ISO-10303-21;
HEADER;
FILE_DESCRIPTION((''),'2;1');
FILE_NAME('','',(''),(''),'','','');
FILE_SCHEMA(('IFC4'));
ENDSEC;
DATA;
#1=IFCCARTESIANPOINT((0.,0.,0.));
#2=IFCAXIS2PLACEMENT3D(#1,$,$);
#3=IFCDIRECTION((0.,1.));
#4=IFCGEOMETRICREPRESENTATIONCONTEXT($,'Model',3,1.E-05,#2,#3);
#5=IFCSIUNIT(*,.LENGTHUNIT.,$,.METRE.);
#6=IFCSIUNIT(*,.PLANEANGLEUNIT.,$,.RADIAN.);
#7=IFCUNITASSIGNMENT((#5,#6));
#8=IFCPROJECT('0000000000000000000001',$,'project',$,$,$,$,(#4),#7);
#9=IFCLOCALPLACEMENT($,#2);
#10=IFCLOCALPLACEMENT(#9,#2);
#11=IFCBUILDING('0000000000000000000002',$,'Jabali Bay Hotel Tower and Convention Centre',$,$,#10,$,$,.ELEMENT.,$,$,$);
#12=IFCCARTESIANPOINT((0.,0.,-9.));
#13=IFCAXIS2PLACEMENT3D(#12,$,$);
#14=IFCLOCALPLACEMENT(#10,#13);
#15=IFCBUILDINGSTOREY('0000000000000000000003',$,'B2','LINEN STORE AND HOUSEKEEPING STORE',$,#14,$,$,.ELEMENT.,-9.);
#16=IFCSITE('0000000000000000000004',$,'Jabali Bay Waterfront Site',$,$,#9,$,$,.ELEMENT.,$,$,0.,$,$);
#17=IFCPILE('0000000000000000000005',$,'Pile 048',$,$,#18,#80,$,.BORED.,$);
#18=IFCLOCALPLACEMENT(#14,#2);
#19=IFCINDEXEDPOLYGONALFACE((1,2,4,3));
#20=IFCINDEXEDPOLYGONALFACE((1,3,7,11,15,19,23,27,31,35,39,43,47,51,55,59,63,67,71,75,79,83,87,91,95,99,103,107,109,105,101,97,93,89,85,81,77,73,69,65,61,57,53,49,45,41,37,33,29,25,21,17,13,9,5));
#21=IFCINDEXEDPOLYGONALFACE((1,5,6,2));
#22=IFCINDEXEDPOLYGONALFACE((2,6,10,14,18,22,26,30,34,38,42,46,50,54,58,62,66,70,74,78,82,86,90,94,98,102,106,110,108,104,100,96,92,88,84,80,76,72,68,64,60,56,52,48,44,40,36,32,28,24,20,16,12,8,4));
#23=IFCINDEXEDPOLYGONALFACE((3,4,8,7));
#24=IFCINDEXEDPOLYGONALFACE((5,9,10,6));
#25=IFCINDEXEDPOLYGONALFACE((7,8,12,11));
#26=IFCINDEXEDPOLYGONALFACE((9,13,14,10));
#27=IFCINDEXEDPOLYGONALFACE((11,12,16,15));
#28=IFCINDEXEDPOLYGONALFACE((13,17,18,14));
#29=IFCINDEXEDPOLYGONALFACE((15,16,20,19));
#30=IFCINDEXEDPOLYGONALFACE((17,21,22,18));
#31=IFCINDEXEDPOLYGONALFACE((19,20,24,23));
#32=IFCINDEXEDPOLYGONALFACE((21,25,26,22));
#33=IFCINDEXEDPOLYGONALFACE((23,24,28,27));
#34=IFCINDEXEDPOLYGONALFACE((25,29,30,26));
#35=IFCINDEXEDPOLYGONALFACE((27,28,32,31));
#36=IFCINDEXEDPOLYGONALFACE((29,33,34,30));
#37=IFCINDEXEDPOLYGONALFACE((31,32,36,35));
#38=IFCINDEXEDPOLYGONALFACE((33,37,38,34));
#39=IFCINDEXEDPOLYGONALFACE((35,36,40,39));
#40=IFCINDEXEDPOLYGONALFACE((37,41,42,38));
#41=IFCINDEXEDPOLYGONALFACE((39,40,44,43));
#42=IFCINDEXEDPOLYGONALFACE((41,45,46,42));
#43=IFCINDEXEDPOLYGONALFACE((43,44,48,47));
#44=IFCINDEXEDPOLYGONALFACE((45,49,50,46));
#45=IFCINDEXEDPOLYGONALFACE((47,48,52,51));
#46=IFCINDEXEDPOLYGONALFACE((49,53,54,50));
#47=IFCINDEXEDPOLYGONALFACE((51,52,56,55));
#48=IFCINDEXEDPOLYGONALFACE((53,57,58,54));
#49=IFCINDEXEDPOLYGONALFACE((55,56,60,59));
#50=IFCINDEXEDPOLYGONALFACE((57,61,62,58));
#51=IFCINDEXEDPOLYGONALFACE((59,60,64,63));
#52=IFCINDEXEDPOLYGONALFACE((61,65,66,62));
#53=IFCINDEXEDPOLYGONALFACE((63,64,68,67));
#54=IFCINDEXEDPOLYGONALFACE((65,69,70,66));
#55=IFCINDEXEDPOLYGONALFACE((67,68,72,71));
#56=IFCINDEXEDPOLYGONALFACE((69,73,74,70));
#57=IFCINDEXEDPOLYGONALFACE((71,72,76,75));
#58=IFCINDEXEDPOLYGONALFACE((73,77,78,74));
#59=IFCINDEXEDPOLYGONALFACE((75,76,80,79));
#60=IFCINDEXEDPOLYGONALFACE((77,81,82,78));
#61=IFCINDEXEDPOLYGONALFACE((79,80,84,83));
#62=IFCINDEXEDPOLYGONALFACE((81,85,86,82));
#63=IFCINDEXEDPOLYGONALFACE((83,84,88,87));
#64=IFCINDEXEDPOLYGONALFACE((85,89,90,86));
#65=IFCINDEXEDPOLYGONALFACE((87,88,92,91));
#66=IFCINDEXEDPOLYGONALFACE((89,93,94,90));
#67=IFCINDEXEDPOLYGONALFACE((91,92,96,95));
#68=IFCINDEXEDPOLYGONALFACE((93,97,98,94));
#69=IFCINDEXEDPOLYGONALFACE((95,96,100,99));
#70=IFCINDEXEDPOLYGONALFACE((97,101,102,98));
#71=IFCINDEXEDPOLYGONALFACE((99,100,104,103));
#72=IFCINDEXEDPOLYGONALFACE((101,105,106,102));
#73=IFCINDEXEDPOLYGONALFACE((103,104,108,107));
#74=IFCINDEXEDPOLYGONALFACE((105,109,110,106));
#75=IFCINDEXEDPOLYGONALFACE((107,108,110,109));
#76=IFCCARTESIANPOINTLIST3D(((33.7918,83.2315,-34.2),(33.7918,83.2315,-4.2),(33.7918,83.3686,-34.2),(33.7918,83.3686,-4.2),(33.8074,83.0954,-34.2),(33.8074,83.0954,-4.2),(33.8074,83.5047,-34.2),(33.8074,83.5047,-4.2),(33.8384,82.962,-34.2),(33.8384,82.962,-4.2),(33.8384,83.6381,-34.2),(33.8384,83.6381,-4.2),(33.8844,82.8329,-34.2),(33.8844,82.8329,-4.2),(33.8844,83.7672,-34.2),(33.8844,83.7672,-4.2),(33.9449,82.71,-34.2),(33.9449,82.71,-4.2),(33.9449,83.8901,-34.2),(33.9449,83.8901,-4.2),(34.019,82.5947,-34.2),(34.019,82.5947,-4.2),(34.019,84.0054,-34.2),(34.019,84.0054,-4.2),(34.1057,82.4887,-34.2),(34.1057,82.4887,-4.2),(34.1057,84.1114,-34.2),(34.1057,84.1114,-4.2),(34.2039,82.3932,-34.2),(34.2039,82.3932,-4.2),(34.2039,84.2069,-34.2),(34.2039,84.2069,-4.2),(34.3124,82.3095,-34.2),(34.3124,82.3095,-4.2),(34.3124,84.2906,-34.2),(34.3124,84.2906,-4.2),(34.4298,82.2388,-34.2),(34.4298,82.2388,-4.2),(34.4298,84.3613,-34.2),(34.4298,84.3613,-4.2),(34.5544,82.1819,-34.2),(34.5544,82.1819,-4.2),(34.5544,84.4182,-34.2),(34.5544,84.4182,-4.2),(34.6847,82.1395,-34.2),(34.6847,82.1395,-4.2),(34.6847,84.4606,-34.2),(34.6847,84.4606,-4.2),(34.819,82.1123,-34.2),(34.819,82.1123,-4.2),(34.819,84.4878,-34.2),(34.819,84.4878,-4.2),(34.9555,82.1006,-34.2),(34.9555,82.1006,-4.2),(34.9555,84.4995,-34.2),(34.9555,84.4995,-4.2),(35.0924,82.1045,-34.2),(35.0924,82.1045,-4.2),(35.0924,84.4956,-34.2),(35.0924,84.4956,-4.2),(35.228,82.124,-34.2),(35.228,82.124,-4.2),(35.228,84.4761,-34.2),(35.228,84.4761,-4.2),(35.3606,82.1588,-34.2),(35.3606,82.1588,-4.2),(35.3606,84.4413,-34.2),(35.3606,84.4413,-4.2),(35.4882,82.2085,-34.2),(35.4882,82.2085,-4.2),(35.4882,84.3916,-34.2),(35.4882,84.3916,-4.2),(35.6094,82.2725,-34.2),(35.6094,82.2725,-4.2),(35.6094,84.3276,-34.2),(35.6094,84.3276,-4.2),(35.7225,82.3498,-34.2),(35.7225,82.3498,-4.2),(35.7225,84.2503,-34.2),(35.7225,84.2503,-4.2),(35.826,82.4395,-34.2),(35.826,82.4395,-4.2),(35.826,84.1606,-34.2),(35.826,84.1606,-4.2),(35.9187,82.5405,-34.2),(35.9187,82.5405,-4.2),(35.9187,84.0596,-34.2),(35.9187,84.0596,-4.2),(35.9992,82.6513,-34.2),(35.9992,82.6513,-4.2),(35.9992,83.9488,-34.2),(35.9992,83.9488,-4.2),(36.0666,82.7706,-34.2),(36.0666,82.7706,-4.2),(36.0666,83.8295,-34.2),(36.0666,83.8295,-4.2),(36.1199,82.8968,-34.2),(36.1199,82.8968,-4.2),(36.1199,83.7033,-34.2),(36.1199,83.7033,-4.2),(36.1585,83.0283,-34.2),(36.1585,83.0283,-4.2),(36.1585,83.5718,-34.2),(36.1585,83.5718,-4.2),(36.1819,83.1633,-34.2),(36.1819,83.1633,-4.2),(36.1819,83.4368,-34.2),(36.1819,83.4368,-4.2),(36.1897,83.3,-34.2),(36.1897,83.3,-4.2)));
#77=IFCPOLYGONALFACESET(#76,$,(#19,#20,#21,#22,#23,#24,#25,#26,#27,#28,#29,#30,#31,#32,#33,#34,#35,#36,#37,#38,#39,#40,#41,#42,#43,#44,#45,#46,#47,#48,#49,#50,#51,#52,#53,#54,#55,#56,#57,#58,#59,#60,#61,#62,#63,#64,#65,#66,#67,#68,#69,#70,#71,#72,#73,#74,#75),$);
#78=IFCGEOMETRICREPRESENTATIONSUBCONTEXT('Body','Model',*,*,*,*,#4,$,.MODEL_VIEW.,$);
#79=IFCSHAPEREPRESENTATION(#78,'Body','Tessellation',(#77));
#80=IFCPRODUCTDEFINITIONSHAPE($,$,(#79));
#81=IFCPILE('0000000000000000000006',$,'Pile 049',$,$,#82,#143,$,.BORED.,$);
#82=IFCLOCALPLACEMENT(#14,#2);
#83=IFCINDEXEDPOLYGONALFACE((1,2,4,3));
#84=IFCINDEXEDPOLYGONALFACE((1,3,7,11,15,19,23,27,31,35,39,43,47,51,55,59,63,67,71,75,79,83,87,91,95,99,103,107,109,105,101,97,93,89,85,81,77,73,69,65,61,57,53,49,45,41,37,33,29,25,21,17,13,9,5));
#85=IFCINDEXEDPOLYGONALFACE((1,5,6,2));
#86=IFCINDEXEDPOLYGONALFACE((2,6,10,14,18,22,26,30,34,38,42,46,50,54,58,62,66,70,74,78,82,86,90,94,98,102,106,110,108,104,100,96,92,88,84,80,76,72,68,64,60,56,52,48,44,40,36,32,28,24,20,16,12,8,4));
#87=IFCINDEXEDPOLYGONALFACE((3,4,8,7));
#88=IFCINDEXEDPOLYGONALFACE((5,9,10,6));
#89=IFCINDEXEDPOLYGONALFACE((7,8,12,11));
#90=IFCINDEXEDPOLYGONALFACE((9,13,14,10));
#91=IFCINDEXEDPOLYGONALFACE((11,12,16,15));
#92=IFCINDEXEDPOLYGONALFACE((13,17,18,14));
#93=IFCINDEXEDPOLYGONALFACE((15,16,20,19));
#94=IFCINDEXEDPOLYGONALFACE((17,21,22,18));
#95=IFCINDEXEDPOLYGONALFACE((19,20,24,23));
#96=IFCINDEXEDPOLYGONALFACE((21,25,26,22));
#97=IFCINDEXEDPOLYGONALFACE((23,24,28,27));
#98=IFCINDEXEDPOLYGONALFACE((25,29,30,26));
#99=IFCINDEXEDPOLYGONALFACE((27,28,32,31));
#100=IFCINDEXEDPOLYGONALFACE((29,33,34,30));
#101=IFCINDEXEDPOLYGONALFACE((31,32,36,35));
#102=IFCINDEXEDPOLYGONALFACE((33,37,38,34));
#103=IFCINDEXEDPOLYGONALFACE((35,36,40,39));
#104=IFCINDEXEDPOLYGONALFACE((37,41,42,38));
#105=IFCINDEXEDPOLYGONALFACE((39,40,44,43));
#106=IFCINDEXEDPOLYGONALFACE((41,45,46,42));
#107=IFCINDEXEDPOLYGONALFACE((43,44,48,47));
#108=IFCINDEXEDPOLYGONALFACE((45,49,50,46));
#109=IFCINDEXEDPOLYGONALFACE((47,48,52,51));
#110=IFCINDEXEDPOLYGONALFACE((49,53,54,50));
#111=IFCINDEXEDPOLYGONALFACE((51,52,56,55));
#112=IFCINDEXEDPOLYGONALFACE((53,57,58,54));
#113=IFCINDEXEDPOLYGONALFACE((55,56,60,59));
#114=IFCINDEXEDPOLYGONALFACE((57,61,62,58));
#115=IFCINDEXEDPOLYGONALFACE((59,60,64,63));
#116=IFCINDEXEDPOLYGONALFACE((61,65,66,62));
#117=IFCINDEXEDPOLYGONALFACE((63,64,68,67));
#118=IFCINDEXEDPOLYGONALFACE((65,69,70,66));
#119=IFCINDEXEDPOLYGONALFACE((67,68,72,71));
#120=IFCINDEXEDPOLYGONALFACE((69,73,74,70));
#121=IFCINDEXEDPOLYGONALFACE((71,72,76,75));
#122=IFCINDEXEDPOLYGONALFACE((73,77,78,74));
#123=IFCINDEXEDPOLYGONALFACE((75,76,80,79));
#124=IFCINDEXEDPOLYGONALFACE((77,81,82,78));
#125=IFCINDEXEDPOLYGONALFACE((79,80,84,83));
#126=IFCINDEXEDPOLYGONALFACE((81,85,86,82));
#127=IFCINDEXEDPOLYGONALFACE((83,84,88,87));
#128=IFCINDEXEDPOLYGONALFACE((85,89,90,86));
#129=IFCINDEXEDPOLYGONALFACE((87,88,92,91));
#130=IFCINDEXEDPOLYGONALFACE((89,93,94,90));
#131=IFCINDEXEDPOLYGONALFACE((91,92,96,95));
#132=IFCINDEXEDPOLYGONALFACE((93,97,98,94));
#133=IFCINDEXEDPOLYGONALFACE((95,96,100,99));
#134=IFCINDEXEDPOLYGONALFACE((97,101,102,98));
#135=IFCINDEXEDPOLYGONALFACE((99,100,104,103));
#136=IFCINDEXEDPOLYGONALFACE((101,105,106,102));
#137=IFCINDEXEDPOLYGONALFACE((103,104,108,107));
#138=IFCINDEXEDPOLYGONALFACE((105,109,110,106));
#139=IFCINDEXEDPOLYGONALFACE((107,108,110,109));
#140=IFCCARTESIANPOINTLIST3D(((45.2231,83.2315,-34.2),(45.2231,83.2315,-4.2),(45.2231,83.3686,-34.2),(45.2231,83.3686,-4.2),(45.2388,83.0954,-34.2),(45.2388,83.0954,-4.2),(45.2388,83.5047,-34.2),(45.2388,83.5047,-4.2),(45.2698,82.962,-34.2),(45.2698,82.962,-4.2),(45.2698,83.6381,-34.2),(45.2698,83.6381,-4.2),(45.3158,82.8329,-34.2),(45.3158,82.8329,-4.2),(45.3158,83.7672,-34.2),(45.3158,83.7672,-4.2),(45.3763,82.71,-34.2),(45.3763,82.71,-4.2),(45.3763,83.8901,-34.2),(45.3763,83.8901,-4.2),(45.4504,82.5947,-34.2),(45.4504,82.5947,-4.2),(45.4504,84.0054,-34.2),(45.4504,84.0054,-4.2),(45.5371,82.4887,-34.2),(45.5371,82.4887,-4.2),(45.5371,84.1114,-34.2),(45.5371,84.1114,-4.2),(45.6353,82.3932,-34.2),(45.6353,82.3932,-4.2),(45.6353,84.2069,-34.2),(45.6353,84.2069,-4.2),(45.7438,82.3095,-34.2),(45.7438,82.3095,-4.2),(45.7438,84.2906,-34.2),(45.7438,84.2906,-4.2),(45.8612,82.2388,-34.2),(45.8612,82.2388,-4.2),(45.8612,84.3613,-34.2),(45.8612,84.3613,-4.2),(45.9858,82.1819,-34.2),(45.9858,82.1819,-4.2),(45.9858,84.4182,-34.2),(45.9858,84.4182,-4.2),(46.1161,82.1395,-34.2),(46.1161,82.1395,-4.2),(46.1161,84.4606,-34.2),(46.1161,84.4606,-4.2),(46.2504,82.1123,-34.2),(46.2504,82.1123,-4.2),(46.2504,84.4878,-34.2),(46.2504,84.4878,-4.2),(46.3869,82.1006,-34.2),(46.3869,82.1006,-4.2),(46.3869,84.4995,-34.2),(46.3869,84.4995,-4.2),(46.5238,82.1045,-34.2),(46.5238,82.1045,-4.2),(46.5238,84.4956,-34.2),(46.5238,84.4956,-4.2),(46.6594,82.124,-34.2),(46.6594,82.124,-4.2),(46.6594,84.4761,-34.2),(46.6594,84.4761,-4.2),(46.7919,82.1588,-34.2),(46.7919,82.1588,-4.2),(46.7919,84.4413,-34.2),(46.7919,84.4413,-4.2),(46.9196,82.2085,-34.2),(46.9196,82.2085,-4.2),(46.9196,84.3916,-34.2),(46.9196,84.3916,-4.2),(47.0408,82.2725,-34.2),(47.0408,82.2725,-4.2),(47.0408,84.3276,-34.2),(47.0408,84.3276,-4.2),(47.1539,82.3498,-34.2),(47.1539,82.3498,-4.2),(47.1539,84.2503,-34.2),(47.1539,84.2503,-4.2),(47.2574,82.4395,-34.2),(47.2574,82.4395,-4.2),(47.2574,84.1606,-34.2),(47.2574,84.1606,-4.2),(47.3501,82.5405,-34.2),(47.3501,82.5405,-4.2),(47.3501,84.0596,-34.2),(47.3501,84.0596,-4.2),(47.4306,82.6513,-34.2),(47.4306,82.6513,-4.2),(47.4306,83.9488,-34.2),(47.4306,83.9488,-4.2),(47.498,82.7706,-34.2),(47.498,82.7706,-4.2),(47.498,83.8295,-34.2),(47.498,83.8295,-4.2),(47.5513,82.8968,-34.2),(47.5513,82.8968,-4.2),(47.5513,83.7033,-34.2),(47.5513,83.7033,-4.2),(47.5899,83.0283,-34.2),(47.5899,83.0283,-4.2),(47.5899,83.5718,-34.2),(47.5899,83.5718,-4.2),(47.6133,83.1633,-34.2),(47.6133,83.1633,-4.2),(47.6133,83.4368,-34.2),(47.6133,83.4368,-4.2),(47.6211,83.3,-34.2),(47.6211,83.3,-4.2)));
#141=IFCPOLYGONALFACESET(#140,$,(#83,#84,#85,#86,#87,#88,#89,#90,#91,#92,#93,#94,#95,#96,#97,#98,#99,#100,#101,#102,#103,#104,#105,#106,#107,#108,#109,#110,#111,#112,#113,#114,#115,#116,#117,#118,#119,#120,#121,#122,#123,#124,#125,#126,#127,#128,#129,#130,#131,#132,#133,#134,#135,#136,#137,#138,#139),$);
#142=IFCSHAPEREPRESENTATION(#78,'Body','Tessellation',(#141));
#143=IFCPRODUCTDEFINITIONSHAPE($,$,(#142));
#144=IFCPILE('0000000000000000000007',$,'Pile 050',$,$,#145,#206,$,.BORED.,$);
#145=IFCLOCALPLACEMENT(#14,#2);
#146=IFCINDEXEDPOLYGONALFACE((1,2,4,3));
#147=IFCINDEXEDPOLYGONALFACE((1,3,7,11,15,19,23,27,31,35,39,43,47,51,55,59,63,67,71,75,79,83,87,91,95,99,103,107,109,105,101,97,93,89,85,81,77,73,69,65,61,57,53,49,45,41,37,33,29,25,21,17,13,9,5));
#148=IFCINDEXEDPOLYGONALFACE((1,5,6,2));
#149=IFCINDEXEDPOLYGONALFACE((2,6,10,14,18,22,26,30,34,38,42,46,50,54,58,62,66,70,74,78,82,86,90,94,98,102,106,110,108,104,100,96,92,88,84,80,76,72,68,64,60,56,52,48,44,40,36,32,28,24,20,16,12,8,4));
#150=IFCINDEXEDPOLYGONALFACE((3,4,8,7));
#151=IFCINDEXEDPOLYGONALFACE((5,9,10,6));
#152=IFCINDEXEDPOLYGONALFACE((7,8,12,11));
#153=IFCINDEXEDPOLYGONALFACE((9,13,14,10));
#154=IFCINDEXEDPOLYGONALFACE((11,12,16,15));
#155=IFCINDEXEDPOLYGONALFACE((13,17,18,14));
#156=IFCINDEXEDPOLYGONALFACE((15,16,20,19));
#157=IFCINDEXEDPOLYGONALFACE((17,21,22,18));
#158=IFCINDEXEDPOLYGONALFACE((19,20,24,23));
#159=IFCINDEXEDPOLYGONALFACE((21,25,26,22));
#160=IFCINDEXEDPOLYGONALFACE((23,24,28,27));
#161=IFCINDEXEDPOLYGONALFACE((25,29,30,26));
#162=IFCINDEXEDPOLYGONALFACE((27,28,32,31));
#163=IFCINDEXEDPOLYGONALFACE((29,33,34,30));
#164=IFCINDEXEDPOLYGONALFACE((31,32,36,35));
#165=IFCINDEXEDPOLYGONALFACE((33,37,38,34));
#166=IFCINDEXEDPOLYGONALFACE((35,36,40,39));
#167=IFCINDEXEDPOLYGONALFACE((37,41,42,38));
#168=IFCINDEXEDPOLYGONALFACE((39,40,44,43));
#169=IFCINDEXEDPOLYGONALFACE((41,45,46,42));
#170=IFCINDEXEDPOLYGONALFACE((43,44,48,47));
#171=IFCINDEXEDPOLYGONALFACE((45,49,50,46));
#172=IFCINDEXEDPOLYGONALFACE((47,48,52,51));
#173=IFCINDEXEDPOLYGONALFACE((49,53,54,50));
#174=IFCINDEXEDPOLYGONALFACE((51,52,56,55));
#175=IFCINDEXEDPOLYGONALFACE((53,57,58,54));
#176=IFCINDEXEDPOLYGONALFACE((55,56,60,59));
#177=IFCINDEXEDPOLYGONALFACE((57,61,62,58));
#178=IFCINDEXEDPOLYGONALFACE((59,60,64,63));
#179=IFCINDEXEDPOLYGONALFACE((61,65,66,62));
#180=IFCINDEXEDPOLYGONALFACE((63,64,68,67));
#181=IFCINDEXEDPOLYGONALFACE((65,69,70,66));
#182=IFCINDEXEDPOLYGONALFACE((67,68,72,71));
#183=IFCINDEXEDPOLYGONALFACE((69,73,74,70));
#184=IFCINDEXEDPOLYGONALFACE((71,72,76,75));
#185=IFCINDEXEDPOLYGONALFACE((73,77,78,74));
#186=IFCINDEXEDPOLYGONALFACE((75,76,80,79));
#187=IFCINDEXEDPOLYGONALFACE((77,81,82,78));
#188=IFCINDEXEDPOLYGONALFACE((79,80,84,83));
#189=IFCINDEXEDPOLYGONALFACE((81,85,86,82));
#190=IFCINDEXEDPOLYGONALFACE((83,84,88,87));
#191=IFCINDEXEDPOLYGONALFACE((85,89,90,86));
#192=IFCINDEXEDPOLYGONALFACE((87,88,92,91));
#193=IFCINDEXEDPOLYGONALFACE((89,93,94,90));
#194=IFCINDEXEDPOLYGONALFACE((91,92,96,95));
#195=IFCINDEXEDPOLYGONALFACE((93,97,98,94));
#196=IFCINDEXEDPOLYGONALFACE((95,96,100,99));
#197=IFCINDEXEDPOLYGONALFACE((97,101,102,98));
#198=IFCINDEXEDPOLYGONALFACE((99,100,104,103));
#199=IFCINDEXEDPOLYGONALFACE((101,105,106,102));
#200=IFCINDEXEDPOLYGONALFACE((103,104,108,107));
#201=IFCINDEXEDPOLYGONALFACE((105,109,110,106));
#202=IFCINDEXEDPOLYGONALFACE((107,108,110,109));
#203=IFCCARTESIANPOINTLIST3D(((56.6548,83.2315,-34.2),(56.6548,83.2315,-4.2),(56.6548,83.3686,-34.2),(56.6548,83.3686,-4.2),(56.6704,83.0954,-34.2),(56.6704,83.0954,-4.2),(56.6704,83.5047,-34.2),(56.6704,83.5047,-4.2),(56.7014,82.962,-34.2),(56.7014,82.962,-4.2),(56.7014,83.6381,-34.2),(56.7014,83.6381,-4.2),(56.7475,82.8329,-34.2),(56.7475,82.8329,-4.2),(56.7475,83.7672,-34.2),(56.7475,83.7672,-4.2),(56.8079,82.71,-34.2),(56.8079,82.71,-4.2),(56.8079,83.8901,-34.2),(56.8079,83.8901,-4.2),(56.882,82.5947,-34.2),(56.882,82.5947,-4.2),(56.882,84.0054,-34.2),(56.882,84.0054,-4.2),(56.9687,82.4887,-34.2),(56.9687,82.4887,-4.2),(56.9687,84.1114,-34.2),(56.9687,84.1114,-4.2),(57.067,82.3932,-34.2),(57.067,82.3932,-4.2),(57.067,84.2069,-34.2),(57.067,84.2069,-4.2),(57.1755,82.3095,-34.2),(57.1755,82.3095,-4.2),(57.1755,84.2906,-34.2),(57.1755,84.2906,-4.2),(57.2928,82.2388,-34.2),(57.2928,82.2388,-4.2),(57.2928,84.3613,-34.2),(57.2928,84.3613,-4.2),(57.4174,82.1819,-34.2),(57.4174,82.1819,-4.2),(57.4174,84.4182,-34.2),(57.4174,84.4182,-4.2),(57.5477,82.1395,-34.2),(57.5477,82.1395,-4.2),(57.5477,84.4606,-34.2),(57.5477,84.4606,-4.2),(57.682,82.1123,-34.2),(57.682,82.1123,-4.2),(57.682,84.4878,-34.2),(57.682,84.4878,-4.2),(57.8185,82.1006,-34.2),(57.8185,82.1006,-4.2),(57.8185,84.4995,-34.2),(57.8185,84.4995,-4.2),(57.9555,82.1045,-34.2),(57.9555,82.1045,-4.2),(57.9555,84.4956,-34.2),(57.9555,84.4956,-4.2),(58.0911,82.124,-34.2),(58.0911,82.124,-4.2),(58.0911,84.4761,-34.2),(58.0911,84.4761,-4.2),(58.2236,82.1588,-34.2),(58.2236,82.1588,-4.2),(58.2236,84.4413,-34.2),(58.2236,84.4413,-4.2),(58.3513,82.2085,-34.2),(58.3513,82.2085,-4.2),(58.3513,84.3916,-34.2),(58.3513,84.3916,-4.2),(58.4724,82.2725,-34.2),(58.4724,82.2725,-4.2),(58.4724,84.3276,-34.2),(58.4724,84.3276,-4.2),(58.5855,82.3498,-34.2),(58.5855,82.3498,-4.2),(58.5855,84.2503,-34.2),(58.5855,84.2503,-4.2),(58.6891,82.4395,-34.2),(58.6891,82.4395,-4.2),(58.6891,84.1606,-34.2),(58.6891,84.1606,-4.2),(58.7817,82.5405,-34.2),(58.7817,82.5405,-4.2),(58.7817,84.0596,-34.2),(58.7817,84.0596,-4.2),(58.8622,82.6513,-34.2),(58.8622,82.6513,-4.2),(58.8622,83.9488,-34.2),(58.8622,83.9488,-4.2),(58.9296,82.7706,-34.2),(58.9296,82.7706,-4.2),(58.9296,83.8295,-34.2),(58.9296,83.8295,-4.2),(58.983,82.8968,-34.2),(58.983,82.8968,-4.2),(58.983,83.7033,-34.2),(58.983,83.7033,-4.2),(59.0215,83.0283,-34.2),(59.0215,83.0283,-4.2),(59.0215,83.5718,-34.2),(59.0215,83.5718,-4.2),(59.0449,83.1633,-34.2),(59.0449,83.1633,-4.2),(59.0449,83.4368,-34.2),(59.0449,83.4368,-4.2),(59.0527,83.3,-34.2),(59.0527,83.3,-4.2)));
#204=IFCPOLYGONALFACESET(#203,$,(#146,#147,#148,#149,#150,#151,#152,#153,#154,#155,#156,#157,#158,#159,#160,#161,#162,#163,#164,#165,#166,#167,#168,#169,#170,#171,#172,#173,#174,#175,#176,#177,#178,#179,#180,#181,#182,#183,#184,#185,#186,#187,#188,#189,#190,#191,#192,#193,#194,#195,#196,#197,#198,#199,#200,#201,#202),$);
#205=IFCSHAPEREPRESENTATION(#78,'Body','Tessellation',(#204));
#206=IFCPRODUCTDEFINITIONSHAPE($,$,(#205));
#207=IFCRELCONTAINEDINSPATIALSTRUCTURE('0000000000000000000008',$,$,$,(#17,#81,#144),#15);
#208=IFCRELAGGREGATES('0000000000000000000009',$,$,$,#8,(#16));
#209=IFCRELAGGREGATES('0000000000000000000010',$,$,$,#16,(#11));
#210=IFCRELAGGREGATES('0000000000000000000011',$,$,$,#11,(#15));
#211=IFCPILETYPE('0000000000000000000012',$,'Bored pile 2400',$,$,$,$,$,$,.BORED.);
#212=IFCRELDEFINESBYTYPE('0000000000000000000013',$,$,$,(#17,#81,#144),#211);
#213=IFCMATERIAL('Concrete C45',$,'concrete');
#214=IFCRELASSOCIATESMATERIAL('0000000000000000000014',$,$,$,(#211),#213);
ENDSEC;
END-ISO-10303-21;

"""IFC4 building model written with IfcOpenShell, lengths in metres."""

from ifc_helpers import new_model, si_unit, direction, frame, origin, origin_2d, place, context, subcontext, project, spatial, circle, extrude, material, material_profile, profile_set, type_object, element, save


model = new_model("IFC4")

# Units and contexts
model_context = context("Model", 3, precision=1e-05, world=origin(), true_north=direction((0.0, 1.0)))
body_context = subcontext(model_context, "Body", "Model", "MODEL_VIEW")
ifc_project = project(units=[si_unit("LENGTHUNIT", "METRE"), si_unit("PLANEANGLEUNIT", "RADIAN")], contexts=[model_context])

# Site, building, storey
site_placement = place(None, origin())
site = spatial("IfcSite", under=ifc_project, at=site_placement, Name="Jabali Bay Waterfront Site", CompositionType="ELEMENT", RefElevation=0.0)
building_placement = place(site_placement, origin())
building = spatial("IfcBuilding", under=site, at=building_placement, Name="Jabali Bay Hotel Tower and Convention Centre", CompositionType="ELEMENT")
storey_placement = place(building_placement, frame((0.0, 0.0, -9.0)))
storey = spatial("IfcBuildingStorey", under=building, at=storey_placement, Name="B2", Description="LINEN STORE AND HOUSEKEEPING STORE", CompositionType="ELEMENT", Elevation=-9.0)

# Piles
ifc_material_1 = material(Name="Concrete C45", Category="concrete")
ifc_material_profile_1 = material_profile(ifc_material_1, circle(Radius=1.2, at=origin_2d()), Name="Bored pile 2400")
ifc_profile_set_1 = profile_set([ifc_material_profile_1], Name="Concrete C45")
pile_type = type_object("IfcPileType", Name="Bored pile 2400", PredefinedType="BORED", material=ifc_profile_set_1)
for number, where, z_axis, x_axis, name in (
    (1, (34.9897, 83.3, -4.2), (0.0, 0.0, -1.0), (1.0, 0.0, 0.0), "Pile 048"),
    (2, (46.4211, 83.3, -4.2), (0.0, 0.0, -1.0), (1.0, 0.0, 0.0), "Pile 049"),
    (3, (57.8528, 83.3, -4.2), (0.0, 0.0, -1.0), (1.0, 0.0, 0.0), "Pile 050"),
):
    element("IfcPile", number, at=place(storey_placement, frame(where, z_axis=z_axis, x_axis=x_axis)), inside=storey, type_object=pile_type, Name=name, PredefinedType="BORED", context=body_context, shape_type="SweptSolid", body=[
        extrude(circle(Radius=1.2, at=origin_2d()), origin(), (0.0, 0.0, 1.0), 30.0),
    ])

save(model, "model.ifc")
